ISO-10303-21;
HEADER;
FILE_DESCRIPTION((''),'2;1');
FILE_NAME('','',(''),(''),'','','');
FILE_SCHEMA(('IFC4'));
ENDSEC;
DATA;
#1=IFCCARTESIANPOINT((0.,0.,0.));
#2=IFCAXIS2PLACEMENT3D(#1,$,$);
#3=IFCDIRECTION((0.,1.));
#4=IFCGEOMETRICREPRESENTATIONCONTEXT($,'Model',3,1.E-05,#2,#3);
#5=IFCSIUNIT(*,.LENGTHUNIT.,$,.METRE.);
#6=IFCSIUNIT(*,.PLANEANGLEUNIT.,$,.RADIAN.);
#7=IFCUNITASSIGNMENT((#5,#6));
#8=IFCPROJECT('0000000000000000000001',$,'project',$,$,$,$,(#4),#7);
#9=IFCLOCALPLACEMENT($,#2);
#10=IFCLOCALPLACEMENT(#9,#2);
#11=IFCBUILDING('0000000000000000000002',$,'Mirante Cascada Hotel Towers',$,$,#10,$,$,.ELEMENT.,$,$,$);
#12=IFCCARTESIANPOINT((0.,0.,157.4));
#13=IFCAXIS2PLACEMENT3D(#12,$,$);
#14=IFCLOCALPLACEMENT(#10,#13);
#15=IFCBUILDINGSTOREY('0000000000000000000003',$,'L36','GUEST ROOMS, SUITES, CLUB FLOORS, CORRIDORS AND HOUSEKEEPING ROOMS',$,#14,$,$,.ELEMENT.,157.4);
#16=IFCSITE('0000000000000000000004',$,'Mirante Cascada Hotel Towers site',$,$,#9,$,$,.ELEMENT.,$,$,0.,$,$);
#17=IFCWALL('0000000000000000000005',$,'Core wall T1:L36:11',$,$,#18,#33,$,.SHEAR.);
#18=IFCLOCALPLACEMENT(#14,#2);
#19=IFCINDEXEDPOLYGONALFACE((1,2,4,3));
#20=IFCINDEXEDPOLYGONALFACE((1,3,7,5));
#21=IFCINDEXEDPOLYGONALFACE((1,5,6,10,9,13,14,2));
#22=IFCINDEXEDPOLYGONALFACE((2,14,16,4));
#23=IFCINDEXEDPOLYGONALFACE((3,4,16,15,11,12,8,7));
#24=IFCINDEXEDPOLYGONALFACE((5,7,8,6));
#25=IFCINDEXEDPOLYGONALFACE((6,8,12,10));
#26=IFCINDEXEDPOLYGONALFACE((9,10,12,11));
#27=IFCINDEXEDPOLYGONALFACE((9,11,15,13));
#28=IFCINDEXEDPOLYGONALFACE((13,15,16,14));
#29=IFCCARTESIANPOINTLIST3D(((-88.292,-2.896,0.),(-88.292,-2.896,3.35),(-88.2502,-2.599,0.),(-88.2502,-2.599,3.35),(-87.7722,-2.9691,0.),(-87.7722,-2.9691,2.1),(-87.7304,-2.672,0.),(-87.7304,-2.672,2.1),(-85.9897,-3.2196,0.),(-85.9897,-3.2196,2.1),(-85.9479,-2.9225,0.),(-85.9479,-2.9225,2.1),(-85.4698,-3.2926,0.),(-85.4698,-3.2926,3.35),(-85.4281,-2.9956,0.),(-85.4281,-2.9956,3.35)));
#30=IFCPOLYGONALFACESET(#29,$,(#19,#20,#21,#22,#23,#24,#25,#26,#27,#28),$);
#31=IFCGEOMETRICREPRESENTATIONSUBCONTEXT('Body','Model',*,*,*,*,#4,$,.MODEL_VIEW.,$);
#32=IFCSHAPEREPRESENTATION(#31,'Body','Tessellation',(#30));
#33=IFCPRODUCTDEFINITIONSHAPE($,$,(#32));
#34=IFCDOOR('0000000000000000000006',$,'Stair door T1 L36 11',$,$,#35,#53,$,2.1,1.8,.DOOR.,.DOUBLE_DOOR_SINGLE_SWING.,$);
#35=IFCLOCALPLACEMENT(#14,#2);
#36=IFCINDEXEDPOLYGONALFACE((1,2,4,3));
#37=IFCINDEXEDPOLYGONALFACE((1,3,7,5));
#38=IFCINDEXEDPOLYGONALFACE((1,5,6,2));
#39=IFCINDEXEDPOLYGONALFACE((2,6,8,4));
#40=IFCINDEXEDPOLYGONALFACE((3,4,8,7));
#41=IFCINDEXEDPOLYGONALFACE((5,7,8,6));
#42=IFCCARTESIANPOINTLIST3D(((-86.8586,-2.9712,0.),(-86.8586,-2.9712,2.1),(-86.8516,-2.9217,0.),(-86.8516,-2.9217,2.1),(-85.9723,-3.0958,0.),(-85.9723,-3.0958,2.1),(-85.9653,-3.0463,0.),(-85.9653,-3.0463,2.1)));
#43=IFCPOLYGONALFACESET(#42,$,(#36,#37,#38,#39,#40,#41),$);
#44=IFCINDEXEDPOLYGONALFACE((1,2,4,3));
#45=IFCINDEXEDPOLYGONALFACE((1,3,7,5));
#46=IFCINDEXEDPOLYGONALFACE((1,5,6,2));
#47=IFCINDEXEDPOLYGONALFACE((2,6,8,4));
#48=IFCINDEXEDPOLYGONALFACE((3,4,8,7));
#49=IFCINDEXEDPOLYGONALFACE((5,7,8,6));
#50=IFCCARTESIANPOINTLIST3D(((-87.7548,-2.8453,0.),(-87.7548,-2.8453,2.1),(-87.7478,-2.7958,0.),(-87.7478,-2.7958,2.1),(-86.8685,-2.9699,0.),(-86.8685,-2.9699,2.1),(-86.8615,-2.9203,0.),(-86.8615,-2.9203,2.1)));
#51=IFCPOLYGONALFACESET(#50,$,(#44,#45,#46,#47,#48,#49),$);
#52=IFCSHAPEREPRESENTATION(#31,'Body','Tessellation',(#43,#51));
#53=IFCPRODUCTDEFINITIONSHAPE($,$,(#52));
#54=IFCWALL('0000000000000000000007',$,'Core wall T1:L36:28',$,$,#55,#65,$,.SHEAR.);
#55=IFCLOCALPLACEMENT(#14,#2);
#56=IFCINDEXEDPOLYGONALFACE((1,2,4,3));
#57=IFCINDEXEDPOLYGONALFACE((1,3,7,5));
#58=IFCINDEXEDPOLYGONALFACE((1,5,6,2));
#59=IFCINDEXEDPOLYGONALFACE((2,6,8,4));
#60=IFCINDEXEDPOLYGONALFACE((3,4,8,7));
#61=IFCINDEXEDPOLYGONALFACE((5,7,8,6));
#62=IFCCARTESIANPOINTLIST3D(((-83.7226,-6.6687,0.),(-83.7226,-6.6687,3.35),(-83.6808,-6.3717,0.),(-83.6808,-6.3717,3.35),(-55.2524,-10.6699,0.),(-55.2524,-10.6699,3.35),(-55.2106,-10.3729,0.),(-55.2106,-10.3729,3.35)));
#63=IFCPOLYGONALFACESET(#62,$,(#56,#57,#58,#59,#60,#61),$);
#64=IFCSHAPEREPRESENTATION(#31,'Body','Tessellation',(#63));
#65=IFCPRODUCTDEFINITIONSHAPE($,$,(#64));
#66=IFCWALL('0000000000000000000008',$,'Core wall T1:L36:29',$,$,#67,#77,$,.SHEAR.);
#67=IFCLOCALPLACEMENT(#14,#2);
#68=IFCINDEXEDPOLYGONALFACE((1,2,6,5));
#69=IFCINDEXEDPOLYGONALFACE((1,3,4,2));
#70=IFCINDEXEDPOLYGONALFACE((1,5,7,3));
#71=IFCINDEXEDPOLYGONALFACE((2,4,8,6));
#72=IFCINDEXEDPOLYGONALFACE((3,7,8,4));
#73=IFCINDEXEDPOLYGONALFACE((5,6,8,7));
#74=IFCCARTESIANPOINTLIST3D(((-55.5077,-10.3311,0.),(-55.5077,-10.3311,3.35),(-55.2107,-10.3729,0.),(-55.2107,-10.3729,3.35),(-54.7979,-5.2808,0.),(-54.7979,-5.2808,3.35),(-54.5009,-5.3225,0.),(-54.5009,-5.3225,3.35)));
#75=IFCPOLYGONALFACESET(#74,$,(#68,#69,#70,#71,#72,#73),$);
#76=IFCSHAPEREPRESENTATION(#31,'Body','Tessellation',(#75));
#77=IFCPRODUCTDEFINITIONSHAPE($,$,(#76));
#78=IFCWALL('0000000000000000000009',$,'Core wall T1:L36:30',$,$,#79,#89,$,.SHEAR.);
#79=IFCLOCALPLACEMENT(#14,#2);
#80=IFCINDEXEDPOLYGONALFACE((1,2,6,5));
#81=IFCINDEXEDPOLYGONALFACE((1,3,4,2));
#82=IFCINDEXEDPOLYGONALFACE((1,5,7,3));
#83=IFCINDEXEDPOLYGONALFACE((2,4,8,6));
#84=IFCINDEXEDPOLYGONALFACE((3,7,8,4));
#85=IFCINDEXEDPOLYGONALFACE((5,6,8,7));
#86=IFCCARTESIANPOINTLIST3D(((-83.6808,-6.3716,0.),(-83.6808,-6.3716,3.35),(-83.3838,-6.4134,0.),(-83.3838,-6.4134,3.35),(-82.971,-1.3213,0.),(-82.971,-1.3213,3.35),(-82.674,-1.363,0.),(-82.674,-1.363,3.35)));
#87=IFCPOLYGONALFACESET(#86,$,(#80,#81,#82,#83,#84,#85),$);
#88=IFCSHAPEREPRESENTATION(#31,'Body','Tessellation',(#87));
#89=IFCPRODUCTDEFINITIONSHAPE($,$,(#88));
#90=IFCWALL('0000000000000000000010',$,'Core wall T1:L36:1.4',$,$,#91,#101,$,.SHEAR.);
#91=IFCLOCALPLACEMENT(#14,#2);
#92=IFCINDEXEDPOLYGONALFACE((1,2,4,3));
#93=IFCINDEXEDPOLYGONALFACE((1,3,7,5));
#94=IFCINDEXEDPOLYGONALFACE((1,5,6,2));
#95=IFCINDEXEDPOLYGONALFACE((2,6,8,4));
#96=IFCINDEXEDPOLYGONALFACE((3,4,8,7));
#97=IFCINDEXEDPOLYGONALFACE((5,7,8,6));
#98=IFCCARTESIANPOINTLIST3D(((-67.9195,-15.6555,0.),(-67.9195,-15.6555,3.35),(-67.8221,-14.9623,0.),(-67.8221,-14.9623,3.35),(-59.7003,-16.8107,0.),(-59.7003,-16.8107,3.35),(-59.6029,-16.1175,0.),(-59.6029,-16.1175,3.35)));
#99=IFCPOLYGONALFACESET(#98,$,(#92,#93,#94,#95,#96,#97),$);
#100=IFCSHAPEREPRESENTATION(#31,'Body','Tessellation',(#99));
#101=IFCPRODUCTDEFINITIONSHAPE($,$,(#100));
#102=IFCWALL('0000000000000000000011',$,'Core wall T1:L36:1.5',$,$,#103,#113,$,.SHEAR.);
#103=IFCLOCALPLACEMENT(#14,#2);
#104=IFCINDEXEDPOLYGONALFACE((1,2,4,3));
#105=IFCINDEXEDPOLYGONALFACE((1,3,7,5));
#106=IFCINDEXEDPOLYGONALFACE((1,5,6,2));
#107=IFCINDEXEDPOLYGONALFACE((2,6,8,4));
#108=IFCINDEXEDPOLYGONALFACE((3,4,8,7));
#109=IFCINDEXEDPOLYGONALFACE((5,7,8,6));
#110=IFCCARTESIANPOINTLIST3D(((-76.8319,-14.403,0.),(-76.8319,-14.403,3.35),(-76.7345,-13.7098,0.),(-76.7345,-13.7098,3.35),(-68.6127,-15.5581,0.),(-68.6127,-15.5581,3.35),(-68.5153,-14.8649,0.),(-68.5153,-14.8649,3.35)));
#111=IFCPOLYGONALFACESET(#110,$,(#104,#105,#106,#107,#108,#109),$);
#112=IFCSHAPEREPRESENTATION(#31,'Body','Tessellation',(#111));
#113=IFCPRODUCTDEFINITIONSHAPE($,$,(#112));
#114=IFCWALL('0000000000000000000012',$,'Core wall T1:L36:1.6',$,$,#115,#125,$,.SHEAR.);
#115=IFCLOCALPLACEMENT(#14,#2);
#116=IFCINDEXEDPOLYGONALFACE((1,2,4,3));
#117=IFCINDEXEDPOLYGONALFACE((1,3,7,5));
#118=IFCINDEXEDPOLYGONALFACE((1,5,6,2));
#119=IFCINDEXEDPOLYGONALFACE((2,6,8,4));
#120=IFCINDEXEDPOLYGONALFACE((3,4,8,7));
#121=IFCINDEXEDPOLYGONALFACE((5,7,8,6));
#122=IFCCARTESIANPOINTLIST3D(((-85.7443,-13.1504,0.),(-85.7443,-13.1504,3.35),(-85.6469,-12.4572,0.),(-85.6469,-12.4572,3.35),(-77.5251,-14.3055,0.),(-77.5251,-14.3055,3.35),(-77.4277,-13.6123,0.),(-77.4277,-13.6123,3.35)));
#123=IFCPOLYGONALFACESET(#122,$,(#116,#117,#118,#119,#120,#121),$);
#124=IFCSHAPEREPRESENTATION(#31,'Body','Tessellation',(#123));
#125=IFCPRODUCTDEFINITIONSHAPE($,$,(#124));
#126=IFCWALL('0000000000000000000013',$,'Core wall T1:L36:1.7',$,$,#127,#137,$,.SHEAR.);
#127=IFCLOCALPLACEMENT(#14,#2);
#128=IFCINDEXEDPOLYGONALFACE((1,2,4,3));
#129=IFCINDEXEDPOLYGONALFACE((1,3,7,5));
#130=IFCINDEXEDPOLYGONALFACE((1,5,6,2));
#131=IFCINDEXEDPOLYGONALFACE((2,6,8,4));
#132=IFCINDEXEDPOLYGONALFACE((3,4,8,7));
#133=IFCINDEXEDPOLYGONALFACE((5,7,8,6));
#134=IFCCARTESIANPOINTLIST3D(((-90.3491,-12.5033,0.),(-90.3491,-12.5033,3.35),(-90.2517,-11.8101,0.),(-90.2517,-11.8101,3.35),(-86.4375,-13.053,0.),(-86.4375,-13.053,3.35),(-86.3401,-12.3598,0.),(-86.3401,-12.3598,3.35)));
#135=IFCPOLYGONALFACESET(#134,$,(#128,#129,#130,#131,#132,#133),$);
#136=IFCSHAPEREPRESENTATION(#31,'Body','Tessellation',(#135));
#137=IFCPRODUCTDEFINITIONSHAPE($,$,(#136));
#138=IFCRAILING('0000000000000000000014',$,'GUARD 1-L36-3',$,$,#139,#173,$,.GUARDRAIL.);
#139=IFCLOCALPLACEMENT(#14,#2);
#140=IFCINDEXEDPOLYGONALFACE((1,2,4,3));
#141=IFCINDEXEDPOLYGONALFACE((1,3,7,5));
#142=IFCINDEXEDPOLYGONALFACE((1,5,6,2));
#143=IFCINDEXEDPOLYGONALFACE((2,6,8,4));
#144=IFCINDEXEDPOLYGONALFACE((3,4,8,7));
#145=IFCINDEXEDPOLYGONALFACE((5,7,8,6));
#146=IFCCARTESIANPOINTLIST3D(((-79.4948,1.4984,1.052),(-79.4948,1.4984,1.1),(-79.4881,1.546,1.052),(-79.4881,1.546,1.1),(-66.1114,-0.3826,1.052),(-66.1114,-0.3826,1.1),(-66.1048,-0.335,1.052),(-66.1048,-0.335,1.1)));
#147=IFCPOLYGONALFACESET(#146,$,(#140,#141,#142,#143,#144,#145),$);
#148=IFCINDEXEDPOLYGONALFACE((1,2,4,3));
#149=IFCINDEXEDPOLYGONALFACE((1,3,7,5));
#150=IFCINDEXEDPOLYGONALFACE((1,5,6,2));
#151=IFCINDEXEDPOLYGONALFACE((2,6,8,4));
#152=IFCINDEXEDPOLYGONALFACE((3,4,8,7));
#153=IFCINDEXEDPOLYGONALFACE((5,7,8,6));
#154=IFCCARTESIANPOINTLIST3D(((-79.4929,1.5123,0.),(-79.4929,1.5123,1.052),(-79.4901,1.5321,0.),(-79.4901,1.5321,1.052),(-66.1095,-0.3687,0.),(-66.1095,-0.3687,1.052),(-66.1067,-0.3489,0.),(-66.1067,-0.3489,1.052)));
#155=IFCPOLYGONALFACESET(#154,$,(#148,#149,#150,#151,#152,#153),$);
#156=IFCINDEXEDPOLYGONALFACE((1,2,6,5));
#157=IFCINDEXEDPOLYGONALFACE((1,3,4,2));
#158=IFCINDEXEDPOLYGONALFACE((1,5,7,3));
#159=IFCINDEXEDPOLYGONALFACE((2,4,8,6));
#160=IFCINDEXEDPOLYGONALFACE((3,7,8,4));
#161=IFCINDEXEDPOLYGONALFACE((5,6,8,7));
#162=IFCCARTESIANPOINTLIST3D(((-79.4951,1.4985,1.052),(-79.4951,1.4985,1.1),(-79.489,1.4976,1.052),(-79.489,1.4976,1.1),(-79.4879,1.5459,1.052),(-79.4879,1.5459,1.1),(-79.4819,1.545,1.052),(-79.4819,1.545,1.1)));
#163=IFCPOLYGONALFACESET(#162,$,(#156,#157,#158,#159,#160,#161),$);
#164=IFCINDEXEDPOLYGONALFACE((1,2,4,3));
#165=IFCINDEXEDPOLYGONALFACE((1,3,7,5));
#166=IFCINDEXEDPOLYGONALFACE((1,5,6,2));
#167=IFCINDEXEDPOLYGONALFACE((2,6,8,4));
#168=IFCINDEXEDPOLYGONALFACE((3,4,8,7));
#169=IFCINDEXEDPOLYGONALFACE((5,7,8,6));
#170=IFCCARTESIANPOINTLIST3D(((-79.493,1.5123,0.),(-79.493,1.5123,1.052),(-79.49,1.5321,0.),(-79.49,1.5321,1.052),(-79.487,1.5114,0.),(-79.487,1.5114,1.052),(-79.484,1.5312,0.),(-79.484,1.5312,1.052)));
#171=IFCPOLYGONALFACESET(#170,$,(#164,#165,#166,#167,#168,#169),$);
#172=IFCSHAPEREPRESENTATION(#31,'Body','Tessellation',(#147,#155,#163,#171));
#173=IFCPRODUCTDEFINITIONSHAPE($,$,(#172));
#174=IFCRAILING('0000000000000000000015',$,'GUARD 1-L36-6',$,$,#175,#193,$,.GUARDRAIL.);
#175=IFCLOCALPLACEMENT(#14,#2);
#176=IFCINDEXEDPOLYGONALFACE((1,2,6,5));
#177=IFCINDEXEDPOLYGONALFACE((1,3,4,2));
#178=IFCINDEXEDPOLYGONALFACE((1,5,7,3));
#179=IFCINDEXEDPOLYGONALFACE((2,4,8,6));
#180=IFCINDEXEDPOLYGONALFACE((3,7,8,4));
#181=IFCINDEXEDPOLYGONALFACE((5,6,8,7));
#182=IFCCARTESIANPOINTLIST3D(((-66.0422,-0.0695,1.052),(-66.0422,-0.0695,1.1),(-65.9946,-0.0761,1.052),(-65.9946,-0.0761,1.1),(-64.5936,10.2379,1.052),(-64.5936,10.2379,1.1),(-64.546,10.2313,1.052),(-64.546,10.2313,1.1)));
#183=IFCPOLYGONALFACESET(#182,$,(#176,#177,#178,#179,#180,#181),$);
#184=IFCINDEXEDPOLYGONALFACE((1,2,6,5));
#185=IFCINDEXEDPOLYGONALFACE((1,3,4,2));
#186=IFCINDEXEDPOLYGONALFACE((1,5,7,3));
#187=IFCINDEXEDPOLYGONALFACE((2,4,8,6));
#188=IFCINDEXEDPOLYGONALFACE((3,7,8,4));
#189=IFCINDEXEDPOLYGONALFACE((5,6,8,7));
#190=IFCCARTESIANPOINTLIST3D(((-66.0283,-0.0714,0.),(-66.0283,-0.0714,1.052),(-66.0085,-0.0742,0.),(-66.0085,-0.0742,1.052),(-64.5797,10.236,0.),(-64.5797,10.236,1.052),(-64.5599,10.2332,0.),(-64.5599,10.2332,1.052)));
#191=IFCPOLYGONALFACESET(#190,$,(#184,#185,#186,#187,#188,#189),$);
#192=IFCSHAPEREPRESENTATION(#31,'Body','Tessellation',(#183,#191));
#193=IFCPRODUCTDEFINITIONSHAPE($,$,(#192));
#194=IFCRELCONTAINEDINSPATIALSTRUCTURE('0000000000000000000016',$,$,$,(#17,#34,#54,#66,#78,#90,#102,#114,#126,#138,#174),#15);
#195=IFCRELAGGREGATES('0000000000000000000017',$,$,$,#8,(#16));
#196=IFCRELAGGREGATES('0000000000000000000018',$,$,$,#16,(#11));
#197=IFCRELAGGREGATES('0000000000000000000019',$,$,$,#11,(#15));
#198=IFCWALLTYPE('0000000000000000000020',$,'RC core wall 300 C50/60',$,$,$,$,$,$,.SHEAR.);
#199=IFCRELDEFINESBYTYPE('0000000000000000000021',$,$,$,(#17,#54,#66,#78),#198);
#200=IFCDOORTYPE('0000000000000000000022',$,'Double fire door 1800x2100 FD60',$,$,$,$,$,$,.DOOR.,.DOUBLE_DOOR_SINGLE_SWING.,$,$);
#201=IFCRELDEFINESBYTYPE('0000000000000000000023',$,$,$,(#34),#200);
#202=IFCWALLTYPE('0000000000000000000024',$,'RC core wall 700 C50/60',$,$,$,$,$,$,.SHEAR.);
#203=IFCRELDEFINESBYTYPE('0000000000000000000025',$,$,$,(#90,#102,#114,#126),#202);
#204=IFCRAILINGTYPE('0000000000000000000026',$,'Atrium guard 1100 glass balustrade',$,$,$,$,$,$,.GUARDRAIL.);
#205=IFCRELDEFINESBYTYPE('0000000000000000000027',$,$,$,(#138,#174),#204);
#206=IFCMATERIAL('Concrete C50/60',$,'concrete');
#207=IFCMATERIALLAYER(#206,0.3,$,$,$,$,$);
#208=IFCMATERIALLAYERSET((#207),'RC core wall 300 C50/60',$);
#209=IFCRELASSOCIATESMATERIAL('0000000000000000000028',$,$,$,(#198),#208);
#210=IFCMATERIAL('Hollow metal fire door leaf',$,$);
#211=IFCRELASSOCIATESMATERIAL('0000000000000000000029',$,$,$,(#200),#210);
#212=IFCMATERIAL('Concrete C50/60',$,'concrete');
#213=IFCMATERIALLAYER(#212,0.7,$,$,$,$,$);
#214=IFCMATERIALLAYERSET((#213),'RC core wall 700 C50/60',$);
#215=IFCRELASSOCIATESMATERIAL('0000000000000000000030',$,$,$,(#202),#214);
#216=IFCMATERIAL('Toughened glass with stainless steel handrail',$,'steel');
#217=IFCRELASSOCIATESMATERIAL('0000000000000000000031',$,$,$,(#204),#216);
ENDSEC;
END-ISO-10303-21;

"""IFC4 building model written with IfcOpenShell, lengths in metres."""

from ifc_helpers import new_model, si_unit, direction, frame, frame_2d, origin, origin_2d, place, context, subcontext, project, spatial, rectangle, extrude, material, layer, layer_set, type_object, element, fill, save


model = new_model("IFC4")

# Units and contexts
model_context = context("Model", 3, precision=1e-05, world=origin(), true_north=direction((0.0, 1.0)))
body_context = subcontext(model_context, "Body", "Model", "MODEL_VIEW")
ifc_project = project(units=[si_unit("LENGTHUNIT", "METRE"), si_unit("PLANEANGLEUNIT", "RADIAN")], contexts=[model_context])

# Site, building, storey
site_placement = place(None, origin())
site = spatial("IfcSite", under=ifc_project, at=site_placement, Name="Mirante Cascada Hotel Towers site", CompositionType="ELEMENT", RefElevation=0.0)
building_placement = place(site_placement, origin())
building = spatial("IfcBuilding", under=site, at=building_placement, Name="Mirante Cascada Hotel Towers", CompositionType="ELEMENT")
storey_placement = place(building_placement, frame((0.0, 0.0, 157.4)))
storey = spatial("IfcBuildingStorey", under=building, at=storey_placement, Name="L36", Description="GUEST ROOMS, SUITES, CLUB FLOORS, CORRIDORS AND HOUSEKEEPING ROOMS", CompositionType="ELEMENT", Elevation=157.4)

# Shared definitions
ifc_material_1 = material(Name="Concrete C50/60", Category="concrete")
ifc_layer_1 = layer(ifc_material_1, 0.3)
ifc_layer_set_1 = layer_set([ifc_layer_1], Name="RC core wall 300 C50/60")
wall_type_1 = type_object("IfcWallType", Name="RC core wall 300 C50/60", PredefinedType="SHEAR", material=ifc_layer_set_1)

# Wall, opening, door
wall_1_placement = place(storey_placement, frame((-85.4489, -3.1441, 0.0), z_axis=(0.0, 0.0, 1.0), x_axis=(-0.99027, 0.139161, 0.0)))
wall_1 = element("IfcWall", 1, at=wall_1_placement, inside=storey, type_object=wall_type_1, Name="Core wall T1:L36:11", PredefinedType="SHEAR", context=body_context, shape_type="SweptSolid", body=[
    extrude(rectangle(XDim=2.8499, YDim=0.3, at=frame_2d((1.425, 0.0))), origin(), (0.0, 0.0, 1.0), 3.35),
])
opening_1_placement = place(wall_1_placement, frame((0.525, 0.0, 0.0)))
opening_1 = element("IfcOpeningElement", 2, at=opening_1_placement, cuts=wall_1, PredefinedType="OPENING", context=body_context, shape_type="SweptSolid", body=[
    extrude(rectangle(XDim=1.8, YDim=2.1, at=frame_2d((0.9, 1.05))), frame((0.0, 0.15, 0.0), z_axis=(0.0, -1.0, 0.0), x_axis=(1.0, 0.0, 0.0)), (0.0, 0.0, 1.0), 0.3),
])
ifc_material_2 = material(Name="Hollow metal fire door leaf")
door_type_1 = type_object("IfcDoorType", Name="Double fire door 1800x2100 FD60", OperationType="DOUBLE_DOOR_SINGLE_SWING", PredefinedType="DOOR", material=ifc_material_2)
door_1_placement = place(opening_1_placement, origin())
door_1 = element("IfcDoor", 3, at=door_1_placement, inside=storey, type_object=door_type_1, Name="Stair door T1 L36 11", OperationType="DOUBLE_DOOR_SINGLE_SWING", OverallHeight=2.1, OverallWidth=1.8, PredefinedType="DOOR", context=body_context, shape_type="SweptSolid", body=[
    extrude(rectangle(XDim=0.895, YDim=2.1, at=frame_2d((0.4475, 1.05))), frame((0.0, 0.025, 0.0), z_axis=(0.0, -1.0, 0.0), x_axis=(1.0, 0.0, 0.0)), (0.0, 0.0, 1.0), 0.05),
    extrude(rectangle(XDim=0.895, YDim=2.1, at=frame_2d((1.3525, 1.05))), frame((0.0, 0.025, 0.0), z_axis=(0.0, -1.0, 0.0), x_axis=(1.0, 0.0, 0.0)), (0.0, 0.0, 1.0), 0.05),
])
fill(opening_1, door_1)

# Walls
wall_2_placement = place(storey_placement, frame((-55.2315, -10.5214, 0.0), z_axis=(0.0, 0.0, 1.0), x_axis=(-0.990268, 0.139172, 0.0)))
element("IfcWall", 4, at=wall_2_placement, inside=storey, type_object=wall_type_1, Name="Core wall T1:L36:28", PredefinedType="SHEAR", context=body_context, shape_type="SweptSolid", body=[
    extrude(rectangle(XDim=28.75, YDim=0.3, at=frame_2d((14.375, 0.0))), origin(), (0.0, 0.0, 1.0), 3.35),
])
for number, where, z_axis, x_axis, name in (
    (5, (-55.3592, -10.352, 0.0), (0.0, 0.0, 1.0), (0.139176, 0.990268, 0.0), "Core wall T1:L36:29"),
    (6, (-83.5323, -6.3925, 0.0), (0.0, 0.0, 1.0), (0.139176, 0.990268, 0.0), "Core wall T1:L36:30"),
):
    element("IfcWall", number, at=place(storey_placement, frame(where, z_axis=z_axis, x_axis=x_axis)), inside=storey, type_object=wall_type_1, Name=name, PredefinedType="SHEAR", context=body_context, shape_type="SweptSolid", body=[
        extrude(rectangle(XDim=5.1, YDim=0.3, at=frame_2d((2.55, 0.0))), origin(), (0.0, 0.0, 1.0), 3.35),
    ])
ifc_material_3 = material(Name="Concrete C50/60", Category="concrete")
ifc_layer_2 = layer(ifc_material_3, 0.7)
ifc_layer_set_2 = layer_set([ifc_layer_2], Name="RC core wall 700 C50/60")
wall_type_2 = type_object("IfcWallType", Name="RC core wall 700 C50/60", PredefinedType="SHEAR", material=ifc_layer_set_2)
for number, where, z_axis, x_axis, name in (
    (7, (-59.6516, -16.4641, 0.0), (0.0, 0.0, 1.0), (-0.990267, 0.139181, 0.0), "Core wall T1:L36:1.4"),
    (8, (-68.564, -15.2115, 0.0), (0.0, 0.0, 1.0), (-0.990269, 0.139169, 0.0), "Core wall T1:L36:1.5"),
    (9, (-77.4764, -13.9589, 0.0), (0.0, 0.0, 1.0), (-0.990269, 0.139169, 0.0), "Core wall T1:L36:1.6"),
):
    element("IfcWall", number, at=place(storey_placement, frame(where, z_axis=z_axis, x_axis=x_axis)), inside=storey, type_object=wall_type_2, Name=name, PredefinedType="SHEAR", context=body_context, shape_type="SweptSolid", body=[
        extrude(rectangle(XDim=8.3, YDim=0.7, at=frame_2d((4.15, 0.0))), origin(), (0.0, 0.0, 1.0), 3.35),
    ])
wall_3_placement = place(storey_placement, frame((-86.3888, -12.7064, 0.0), z_axis=(0.0, 0.0, 1.0), x_axis=(-0.990269, 0.139163, 0.0)))
element("IfcWall", 10, at=wall_3_placement, inside=storey, type_object=wall_type_2, Name="Core wall T1:L36:1.7", PredefinedType="SHEAR", context=body_context, shape_type="SweptSolid", body=[
    extrude(rectangle(XDim=3.95, YDim=0.7, at=frame_2d((1.975, 0.0))), origin(), (0.0, 0.0, 1.0), 3.35),
])

# Railings
ifc_material_4 = material(Name="Toughened glass with stainless steel handrail", Category="steel")
railing_type = type_object("IfcRailingType", Name="Atrium guard 1100 glass balustrade", PredefinedType="GUARDRAIL", material=ifc_material_4)
railing_1_placement = place(storey_placement, frame((-66.1081, -0.3588, 0.0)))
element("IfcRailing", 11, at=railing_1_placement, inside=storey, type_object=railing_type, Name="GUARD 1-L36-3", PredefinedType="GUARDRAIL", context=body_context, shape_type="SweptSolid", body=[
    extrude(rectangle(XDim=0.048, YDim=0.048, at=origin_2d()), frame((0.0, 0.0, 1.076), z_axis=(-0.990267, 0.139179, 0.0), x_axis=(-0.139179, -0.990267, 0.0)), (0.0, 0.0, 1.0), 13.5149),
    extrude(rectangle(XDim=0.02, YDim=1.052, at=origin_2d()), frame((0.0, 0.0, 0.526), z_axis=(-0.990267, 0.139179, 0.0), x_axis=(-0.139179, -0.990267, 0.0)), (0.0, 0.0, 1.0), 13.5149),
    extrude(rectangle(XDim=0.048, YDim=0.048, at=origin_2d()), frame((-13.3834, 1.881, 1.076), z_axis=(0.988936, -0.14834, 0.0), x_axis=(0.14834, 0.988936, 0.0)), (0.0, 0.0, 1.0), 0.0061),
    extrude(rectangle(XDim=0.02, YDim=1.052, at=origin_2d()), frame((-13.3834, 1.881, 0.526), z_axis=(0.988936, -0.14834, 0.0), x_axis=(0.14834, 0.988936, 0.0)), (0.0, 0.0, 1.0), 0.0061),
])
railing_2_placement = place(storey_placement, frame((-66.0184, -0.0728, 0.0)))
element("IfcRailing", 12, at=railing_2_placement, inside=storey, type_object=railing_type, Name="GUARD 1-L36-6", PredefinedType="GUARDRAIL", context=body_context, shape_type="SweptSolid", body=[
    extrude(rectangle(XDim=0.048, YDim=0.048, at=origin_2d()), frame((0.0, 0.0, 1.076), z_axis=(0.139172, 0.990268, 0.0), x_axis=(-0.990268, 0.139172, 0.0)), (0.0, 0.0, 1.0), 10.4087),
    extrude(rectangle(XDim=0.02, YDim=1.052, at=origin_2d()), frame((0.0, 0.0, 0.526), z_axis=(0.139172, 0.990268, 0.0), x_axis=(-0.990268, 0.139172, 0.0)), (0.0, 0.0, 1.0), 10.4087),
])

save(model, "model.ifc")
